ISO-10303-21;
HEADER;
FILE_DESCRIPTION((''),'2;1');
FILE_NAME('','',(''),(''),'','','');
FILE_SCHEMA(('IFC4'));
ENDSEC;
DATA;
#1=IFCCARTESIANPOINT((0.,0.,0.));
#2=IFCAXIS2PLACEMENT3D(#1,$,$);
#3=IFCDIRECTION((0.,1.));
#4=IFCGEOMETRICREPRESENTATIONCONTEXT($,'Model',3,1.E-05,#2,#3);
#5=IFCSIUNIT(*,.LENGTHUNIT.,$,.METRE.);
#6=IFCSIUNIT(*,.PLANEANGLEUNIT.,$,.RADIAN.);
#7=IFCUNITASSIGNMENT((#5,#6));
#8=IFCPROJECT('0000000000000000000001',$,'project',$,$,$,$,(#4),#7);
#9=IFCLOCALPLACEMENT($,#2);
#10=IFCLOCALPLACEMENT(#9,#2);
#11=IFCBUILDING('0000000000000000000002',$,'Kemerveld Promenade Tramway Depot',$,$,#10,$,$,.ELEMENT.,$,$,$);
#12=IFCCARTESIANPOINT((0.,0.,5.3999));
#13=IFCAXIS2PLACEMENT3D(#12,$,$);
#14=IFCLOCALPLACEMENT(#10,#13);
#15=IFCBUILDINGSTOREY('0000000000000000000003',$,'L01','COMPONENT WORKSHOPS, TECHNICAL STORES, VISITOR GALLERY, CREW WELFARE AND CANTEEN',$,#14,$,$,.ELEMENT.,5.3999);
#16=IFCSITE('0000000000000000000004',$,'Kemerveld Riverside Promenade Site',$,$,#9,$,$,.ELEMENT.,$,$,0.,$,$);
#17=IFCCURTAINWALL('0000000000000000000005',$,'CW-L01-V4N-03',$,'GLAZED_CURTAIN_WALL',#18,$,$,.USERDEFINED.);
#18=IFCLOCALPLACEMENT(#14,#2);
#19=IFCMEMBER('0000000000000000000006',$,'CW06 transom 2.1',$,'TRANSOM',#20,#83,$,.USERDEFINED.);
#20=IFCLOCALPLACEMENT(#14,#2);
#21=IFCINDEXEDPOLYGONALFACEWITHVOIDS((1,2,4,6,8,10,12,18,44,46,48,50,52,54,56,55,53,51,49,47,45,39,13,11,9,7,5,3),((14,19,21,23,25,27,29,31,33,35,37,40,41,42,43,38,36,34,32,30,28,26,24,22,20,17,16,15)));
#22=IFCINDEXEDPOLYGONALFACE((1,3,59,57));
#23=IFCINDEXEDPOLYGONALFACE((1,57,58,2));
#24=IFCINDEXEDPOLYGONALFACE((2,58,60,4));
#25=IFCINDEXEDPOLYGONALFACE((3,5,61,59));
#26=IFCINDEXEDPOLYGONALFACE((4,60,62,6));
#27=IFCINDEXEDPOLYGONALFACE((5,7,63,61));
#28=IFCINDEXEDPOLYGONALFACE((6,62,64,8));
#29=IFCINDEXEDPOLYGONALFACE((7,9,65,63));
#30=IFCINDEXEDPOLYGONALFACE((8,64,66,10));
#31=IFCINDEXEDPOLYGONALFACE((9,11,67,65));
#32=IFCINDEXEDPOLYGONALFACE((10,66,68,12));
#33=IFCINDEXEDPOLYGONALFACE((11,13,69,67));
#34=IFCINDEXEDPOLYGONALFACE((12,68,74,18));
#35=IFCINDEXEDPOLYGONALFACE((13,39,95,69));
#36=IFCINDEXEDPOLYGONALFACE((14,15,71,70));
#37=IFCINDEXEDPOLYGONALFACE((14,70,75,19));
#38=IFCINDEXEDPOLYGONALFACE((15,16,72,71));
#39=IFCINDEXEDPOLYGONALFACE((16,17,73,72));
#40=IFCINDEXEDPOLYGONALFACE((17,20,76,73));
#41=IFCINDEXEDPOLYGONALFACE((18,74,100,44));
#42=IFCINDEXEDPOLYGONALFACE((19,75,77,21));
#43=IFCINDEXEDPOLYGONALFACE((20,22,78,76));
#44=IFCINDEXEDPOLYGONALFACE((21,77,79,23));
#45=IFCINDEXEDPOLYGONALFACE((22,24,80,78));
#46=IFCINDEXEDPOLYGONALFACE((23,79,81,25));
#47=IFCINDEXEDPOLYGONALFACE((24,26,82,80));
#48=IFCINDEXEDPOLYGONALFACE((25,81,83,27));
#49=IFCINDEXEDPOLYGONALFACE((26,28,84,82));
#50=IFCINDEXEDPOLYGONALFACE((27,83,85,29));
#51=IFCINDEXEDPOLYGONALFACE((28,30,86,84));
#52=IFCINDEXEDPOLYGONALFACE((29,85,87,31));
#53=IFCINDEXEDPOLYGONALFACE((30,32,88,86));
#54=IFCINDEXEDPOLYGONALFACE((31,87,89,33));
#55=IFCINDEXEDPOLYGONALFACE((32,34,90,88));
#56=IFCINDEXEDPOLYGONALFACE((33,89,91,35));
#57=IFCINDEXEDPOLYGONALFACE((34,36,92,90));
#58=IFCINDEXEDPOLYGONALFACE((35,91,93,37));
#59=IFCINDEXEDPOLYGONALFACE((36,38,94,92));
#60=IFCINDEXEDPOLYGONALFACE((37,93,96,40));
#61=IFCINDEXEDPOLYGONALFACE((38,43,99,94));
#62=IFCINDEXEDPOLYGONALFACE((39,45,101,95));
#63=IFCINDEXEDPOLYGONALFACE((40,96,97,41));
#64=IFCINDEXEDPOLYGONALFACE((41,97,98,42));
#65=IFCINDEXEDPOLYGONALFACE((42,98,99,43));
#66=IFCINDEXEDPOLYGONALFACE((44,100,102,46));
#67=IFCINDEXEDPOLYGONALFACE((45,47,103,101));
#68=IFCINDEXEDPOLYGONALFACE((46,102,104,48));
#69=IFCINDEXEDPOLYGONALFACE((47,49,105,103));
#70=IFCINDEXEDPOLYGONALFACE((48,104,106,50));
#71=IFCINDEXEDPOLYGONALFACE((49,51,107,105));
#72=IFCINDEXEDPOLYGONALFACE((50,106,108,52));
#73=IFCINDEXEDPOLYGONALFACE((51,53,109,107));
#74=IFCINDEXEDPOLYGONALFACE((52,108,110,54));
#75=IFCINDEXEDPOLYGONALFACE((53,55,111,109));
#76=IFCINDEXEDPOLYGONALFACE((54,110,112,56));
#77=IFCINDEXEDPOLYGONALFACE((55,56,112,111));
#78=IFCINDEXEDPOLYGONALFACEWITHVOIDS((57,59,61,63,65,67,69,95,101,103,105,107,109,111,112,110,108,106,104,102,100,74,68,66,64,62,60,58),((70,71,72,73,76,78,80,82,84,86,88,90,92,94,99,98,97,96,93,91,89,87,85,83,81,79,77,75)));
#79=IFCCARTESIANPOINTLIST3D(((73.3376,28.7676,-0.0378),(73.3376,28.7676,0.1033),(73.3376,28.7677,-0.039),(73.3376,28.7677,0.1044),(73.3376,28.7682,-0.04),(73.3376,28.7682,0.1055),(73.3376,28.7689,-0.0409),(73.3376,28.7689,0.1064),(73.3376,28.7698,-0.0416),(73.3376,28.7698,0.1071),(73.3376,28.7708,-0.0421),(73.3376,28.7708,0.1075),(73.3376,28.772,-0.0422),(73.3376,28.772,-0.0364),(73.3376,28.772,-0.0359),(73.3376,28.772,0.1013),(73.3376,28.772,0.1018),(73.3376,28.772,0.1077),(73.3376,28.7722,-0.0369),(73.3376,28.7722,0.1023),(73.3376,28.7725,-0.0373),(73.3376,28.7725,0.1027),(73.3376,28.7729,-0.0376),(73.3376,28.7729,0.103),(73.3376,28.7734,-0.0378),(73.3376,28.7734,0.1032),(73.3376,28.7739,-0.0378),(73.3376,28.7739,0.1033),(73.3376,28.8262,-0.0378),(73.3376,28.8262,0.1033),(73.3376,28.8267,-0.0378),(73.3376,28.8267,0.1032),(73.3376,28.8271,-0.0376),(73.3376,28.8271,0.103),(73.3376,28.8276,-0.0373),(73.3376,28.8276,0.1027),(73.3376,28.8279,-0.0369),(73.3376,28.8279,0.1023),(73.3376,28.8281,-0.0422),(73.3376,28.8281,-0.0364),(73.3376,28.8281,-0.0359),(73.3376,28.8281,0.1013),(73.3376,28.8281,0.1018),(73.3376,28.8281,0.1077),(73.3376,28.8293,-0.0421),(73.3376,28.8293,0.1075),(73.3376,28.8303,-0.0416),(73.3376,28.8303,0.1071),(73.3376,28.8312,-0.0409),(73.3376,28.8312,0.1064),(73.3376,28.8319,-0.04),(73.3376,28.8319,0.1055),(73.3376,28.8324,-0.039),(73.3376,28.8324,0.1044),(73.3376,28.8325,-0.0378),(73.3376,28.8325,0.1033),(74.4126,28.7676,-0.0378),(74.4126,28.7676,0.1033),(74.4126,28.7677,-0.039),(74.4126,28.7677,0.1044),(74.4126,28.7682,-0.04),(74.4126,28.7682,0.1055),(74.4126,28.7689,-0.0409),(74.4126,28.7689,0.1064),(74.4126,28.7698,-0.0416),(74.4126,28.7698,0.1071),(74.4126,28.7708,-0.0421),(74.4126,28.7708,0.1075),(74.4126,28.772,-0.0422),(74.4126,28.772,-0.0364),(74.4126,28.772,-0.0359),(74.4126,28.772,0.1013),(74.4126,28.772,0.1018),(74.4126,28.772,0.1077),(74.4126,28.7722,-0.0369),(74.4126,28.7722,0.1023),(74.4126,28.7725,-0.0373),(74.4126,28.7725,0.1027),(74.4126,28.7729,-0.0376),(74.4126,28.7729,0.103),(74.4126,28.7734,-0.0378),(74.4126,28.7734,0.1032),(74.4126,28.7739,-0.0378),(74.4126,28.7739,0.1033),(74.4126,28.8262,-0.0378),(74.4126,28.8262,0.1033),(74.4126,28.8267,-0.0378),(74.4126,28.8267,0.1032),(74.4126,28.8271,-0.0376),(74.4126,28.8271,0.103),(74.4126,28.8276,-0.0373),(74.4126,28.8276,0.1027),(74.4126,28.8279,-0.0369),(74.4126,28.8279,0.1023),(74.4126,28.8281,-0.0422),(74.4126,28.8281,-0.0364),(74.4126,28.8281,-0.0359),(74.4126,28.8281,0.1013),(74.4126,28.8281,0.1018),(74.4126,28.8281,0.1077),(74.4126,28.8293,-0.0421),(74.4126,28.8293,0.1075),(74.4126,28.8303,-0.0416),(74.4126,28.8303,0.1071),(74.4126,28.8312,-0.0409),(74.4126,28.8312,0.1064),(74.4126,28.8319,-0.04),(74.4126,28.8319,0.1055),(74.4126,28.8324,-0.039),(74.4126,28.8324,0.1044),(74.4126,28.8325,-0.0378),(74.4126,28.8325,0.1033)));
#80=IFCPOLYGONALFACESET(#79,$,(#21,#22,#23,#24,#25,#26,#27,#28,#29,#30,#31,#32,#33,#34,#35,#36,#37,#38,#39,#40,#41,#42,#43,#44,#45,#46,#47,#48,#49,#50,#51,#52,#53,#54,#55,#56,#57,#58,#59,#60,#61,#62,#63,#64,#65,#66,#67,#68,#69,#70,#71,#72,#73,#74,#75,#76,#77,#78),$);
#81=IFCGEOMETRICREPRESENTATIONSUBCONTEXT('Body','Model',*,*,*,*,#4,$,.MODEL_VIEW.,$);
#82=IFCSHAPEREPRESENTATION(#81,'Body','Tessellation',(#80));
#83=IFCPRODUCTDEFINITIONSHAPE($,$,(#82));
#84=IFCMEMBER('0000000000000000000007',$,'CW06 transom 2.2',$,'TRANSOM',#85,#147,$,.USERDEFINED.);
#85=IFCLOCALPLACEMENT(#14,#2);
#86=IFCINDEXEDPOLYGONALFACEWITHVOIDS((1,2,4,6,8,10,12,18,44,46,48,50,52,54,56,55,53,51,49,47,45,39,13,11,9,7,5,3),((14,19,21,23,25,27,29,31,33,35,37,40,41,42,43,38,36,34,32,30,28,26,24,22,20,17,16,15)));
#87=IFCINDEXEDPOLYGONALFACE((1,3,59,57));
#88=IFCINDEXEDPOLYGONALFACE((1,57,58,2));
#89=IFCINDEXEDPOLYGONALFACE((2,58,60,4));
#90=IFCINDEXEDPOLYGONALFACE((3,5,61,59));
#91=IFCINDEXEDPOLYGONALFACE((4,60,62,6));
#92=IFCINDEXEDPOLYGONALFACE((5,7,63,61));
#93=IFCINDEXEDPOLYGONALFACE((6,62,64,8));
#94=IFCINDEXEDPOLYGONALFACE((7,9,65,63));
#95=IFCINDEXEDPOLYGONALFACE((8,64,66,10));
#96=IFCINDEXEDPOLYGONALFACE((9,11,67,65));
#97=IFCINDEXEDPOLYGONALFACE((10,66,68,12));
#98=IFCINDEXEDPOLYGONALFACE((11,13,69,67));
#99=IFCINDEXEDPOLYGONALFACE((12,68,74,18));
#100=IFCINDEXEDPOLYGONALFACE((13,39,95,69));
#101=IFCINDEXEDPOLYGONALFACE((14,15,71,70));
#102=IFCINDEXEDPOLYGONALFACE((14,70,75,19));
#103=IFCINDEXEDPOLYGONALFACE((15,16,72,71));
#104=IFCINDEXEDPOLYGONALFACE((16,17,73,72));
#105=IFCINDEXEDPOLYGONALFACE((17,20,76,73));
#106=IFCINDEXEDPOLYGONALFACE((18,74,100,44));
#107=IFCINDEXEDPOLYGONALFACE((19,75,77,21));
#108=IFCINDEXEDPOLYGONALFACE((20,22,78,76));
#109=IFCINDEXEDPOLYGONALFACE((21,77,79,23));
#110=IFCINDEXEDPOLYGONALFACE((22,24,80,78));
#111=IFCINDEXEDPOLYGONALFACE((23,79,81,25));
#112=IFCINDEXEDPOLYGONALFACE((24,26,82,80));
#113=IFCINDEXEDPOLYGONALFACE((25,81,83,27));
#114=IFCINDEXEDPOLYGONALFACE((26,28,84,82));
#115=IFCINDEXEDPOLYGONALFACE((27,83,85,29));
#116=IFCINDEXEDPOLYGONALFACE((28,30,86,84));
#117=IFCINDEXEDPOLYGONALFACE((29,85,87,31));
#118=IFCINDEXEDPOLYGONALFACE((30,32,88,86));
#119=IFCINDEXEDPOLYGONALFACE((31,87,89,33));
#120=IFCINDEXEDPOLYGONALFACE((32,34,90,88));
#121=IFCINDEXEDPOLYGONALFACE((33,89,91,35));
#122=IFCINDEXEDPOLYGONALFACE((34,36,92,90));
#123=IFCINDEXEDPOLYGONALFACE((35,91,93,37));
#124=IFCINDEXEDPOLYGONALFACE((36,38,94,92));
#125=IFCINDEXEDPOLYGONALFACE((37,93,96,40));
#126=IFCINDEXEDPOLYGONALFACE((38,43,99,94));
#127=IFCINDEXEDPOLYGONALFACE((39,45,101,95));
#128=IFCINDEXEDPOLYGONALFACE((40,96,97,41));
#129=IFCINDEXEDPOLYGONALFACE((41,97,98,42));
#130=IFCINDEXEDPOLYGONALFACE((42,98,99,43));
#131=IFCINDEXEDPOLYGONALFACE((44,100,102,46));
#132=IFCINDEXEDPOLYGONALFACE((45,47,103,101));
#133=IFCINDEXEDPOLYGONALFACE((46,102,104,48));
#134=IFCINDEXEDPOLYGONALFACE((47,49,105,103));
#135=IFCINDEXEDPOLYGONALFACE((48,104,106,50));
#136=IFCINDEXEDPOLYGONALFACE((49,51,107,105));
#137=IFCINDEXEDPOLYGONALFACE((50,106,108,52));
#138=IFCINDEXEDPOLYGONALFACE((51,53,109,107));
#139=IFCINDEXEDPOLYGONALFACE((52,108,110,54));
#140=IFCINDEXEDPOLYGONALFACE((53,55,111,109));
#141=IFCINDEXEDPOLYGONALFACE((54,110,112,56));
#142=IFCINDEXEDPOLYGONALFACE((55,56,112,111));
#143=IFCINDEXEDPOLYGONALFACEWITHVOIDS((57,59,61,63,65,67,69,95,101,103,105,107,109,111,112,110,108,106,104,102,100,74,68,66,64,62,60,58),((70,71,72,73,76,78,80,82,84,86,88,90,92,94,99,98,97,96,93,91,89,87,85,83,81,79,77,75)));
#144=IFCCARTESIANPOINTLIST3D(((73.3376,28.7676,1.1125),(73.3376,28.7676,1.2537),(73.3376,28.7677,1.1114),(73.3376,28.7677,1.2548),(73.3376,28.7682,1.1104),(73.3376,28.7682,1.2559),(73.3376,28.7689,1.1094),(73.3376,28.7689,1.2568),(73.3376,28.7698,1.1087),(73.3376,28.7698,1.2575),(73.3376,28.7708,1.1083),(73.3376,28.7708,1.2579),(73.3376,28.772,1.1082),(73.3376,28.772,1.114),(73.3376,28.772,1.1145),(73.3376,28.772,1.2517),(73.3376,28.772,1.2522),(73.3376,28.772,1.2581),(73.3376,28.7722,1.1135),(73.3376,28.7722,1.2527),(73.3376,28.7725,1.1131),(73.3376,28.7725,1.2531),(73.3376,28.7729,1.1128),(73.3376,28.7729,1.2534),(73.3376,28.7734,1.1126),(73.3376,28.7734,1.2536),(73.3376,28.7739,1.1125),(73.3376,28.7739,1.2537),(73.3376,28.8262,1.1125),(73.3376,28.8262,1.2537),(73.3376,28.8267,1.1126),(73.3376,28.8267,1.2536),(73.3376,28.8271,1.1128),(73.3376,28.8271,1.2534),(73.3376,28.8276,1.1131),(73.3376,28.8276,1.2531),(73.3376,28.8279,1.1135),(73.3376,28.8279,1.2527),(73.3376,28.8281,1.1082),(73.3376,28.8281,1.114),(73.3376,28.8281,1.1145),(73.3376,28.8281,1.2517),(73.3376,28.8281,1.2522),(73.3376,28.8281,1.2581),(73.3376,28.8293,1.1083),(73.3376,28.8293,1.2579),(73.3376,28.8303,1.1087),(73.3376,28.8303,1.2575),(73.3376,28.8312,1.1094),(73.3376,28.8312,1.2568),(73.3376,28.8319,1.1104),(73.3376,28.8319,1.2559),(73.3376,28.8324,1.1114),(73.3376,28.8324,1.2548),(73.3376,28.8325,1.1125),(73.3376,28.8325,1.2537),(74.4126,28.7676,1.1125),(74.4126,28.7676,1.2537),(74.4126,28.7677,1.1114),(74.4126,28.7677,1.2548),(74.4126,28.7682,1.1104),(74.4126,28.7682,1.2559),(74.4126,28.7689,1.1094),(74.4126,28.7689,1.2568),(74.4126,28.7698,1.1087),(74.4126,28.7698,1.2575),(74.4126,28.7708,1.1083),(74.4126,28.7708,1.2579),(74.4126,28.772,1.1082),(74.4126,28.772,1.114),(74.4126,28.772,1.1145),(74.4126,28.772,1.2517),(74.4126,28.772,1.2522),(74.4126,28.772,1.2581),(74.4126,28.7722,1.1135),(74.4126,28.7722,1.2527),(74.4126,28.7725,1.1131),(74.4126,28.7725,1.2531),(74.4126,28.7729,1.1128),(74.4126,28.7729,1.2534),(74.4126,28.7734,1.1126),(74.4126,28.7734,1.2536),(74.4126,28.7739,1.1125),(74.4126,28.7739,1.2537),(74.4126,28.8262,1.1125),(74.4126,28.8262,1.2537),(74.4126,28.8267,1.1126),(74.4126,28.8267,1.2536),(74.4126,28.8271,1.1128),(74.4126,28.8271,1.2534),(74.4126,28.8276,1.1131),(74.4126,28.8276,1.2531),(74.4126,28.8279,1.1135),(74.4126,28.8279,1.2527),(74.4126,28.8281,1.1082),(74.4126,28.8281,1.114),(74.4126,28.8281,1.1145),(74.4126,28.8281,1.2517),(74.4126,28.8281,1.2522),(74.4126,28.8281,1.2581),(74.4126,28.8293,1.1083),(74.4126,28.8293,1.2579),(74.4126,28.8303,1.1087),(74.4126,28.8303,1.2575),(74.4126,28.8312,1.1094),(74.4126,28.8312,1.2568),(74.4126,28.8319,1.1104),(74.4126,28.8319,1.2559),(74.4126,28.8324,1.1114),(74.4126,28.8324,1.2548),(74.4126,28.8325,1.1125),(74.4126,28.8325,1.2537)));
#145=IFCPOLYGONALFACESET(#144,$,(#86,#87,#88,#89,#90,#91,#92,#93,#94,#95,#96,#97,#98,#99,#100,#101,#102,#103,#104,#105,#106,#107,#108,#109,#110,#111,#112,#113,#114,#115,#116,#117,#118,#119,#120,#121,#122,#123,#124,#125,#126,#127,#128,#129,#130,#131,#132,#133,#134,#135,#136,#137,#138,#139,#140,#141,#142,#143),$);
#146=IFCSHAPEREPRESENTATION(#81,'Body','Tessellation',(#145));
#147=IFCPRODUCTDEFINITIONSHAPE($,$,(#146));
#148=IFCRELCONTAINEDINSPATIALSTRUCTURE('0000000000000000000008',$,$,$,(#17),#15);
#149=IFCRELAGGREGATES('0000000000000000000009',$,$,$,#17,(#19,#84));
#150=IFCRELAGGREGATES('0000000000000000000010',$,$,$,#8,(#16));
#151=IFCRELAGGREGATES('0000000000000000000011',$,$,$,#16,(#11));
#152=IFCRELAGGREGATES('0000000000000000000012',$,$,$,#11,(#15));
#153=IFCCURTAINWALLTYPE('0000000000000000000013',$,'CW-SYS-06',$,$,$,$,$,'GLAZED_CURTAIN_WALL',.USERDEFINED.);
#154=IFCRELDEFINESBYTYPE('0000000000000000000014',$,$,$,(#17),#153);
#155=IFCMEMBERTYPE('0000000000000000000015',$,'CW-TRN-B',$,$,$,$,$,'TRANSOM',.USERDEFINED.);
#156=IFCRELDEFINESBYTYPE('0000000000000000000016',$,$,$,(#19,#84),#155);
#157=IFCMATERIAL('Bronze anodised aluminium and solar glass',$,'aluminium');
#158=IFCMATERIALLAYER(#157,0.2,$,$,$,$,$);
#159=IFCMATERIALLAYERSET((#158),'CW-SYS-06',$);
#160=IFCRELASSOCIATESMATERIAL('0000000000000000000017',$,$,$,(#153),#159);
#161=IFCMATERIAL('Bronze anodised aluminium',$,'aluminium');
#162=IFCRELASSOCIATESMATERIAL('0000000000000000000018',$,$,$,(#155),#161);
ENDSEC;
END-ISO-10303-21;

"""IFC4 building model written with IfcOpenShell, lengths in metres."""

from ifc_helpers import new_model, si_unit, direction, frame, origin, origin_2d, place, context, subcontext, project, spatial, hollow_rectangle, extrude, material, layer, layer_set, material_profile, profile_set, type_object, element, aggregate, save


model = new_model("IFC4")

# Units and contexts
model_context = context("Model", 3, precision=1e-05, world=origin(), true_north=direction((0.0, 1.0)))
body_context = subcontext(model_context, "Body", "Model", "MODEL_VIEW")
ifc_project = project(units=[si_unit("LENGTHUNIT", "METRE"), si_unit("PLANEANGLEUNIT", "RADIAN")], contexts=[model_context])

# Site, building, storey
site_placement = place(None, origin())
site = spatial("IfcSite", under=ifc_project, at=site_placement, Name="Kemerveld Riverside Promenade Site", CompositionType="ELEMENT", RefElevation=0.0)
building_placement = place(site_placement, origin())
building = spatial("IfcBuilding", under=site, at=building_placement, Name="Kemerveld Promenade Tramway Depot", CompositionType="ELEMENT")
storey_placement = place(building_placement, frame((0.0, 0.0, 5.3999)))
storey = spatial("IfcBuildingStorey", under=building, at=storey_placement, Name="L01", Description="COMPONENT WORKSHOPS, TECHNICAL STORES, VISITOR GALLERY, CREW WELFARE AND CANTEEN", CompositionType="ELEMENT", Elevation=5.3999)

# Curtain wall
ifc_material_1 = material(Name="Bronze anodised aluminium and solar glass", Category="aluminium")
ifc_material_2 = material(Name="Bronze anodised aluminium", Category="aluminium")
ifc_layer_1 = layer(ifc_material_1, 0.2)
ifc_layer_set_1 = layer_set([ifc_layer_1], Name="CW-SYS-06")
curtain_wall_type_1 = type_object("IfcCurtainWallType", Name="CW-SYS-06", ElementType="GLAZED_CURTAIN_WALL", PredefinedType="USERDEFINED", material=ifc_layer_set_1)
curtain_wall_1_placement = place(storey_placement, origin())
curtain_wall_1 = element("IfcCurtainWall", 1, at=curtain_wall_1_placement, inside=storey, type_object=curtain_wall_type_1, Name="CW-L01-V4N-03", ObjectType="GLAZED_CURTAIN_WALL", PredefinedType="USERDEFINED")

# Members
ifc_material_profile_1 = material_profile(ifc_material_2, hollow_rectangle(XDim=0.0649, YDim=0.1499, WallThickness=0.0044, InnerFilletRadius=0.002, OuterFilletRadius=0.0044, at=origin_2d()), Name="CW-TRN-150x65")
ifc_profile_set_1 = profile_set([ifc_material_profile_1], Name="Bronze anodised aluminium")
member_type_1 = type_object("IfcMemberType", Name="CW-TRN-B", ElementType="TRANSOM", PredefinedType="USERDEFINED", material=ifc_profile_set_1)
member_1_placement = place(storey_placement, frame((73.3376, 28.8, 0.0327), z_axis=(1.0, 0.0, 0.0), x_axis=(0.0, 1.0, 0.0)))
member_1 = element("IfcMember", 2, at=member_1_placement, type_object=member_type_1, Name="CW06 transom 2.1", ObjectType="TRANSOM", PredefinedType="USERDEFINED", context=body_context, shape_type="SweptSolid", body=[
    extrude(hollow_rectangle(XDim=0.0649, YDim=0.1499, WallThickness=0.0044, InnerFilletRadius=0.002, OuterFilletRadius=0.0044, at=origin_2d()), origin(), (0.0, 0.0, 1.0), 1.075),
])
member_2_placement = place(storey_placement, frame((73.3376, 28.8, 1.1831), z_axis=(1.0, 0.0, 0.0), x_axis=(0.0, 1.0, 0.0)))
member_2 = element("IfcMember", 3, at=member_2_placement, type_object=member_type_1, Name="CW06 transom 2.2", ObjectType="TRANSOM", PredefinedType="USERDEFINED", context=body_context, shape_type="SweptSolid", body=[
    extrude(hollow_rectangle(XDim=0.0649, YDim=0.1499, WallThickness=0.0044, InnerFilletRadius=0.002, OuterFilletRadius=0.0044, at=origin_2d()), origin(), (0.0, 0.0, 1.0), 1.075),
])

aggregate(curtain_wall_1, [member_1, member_2])

save(model, "model.ifc")
